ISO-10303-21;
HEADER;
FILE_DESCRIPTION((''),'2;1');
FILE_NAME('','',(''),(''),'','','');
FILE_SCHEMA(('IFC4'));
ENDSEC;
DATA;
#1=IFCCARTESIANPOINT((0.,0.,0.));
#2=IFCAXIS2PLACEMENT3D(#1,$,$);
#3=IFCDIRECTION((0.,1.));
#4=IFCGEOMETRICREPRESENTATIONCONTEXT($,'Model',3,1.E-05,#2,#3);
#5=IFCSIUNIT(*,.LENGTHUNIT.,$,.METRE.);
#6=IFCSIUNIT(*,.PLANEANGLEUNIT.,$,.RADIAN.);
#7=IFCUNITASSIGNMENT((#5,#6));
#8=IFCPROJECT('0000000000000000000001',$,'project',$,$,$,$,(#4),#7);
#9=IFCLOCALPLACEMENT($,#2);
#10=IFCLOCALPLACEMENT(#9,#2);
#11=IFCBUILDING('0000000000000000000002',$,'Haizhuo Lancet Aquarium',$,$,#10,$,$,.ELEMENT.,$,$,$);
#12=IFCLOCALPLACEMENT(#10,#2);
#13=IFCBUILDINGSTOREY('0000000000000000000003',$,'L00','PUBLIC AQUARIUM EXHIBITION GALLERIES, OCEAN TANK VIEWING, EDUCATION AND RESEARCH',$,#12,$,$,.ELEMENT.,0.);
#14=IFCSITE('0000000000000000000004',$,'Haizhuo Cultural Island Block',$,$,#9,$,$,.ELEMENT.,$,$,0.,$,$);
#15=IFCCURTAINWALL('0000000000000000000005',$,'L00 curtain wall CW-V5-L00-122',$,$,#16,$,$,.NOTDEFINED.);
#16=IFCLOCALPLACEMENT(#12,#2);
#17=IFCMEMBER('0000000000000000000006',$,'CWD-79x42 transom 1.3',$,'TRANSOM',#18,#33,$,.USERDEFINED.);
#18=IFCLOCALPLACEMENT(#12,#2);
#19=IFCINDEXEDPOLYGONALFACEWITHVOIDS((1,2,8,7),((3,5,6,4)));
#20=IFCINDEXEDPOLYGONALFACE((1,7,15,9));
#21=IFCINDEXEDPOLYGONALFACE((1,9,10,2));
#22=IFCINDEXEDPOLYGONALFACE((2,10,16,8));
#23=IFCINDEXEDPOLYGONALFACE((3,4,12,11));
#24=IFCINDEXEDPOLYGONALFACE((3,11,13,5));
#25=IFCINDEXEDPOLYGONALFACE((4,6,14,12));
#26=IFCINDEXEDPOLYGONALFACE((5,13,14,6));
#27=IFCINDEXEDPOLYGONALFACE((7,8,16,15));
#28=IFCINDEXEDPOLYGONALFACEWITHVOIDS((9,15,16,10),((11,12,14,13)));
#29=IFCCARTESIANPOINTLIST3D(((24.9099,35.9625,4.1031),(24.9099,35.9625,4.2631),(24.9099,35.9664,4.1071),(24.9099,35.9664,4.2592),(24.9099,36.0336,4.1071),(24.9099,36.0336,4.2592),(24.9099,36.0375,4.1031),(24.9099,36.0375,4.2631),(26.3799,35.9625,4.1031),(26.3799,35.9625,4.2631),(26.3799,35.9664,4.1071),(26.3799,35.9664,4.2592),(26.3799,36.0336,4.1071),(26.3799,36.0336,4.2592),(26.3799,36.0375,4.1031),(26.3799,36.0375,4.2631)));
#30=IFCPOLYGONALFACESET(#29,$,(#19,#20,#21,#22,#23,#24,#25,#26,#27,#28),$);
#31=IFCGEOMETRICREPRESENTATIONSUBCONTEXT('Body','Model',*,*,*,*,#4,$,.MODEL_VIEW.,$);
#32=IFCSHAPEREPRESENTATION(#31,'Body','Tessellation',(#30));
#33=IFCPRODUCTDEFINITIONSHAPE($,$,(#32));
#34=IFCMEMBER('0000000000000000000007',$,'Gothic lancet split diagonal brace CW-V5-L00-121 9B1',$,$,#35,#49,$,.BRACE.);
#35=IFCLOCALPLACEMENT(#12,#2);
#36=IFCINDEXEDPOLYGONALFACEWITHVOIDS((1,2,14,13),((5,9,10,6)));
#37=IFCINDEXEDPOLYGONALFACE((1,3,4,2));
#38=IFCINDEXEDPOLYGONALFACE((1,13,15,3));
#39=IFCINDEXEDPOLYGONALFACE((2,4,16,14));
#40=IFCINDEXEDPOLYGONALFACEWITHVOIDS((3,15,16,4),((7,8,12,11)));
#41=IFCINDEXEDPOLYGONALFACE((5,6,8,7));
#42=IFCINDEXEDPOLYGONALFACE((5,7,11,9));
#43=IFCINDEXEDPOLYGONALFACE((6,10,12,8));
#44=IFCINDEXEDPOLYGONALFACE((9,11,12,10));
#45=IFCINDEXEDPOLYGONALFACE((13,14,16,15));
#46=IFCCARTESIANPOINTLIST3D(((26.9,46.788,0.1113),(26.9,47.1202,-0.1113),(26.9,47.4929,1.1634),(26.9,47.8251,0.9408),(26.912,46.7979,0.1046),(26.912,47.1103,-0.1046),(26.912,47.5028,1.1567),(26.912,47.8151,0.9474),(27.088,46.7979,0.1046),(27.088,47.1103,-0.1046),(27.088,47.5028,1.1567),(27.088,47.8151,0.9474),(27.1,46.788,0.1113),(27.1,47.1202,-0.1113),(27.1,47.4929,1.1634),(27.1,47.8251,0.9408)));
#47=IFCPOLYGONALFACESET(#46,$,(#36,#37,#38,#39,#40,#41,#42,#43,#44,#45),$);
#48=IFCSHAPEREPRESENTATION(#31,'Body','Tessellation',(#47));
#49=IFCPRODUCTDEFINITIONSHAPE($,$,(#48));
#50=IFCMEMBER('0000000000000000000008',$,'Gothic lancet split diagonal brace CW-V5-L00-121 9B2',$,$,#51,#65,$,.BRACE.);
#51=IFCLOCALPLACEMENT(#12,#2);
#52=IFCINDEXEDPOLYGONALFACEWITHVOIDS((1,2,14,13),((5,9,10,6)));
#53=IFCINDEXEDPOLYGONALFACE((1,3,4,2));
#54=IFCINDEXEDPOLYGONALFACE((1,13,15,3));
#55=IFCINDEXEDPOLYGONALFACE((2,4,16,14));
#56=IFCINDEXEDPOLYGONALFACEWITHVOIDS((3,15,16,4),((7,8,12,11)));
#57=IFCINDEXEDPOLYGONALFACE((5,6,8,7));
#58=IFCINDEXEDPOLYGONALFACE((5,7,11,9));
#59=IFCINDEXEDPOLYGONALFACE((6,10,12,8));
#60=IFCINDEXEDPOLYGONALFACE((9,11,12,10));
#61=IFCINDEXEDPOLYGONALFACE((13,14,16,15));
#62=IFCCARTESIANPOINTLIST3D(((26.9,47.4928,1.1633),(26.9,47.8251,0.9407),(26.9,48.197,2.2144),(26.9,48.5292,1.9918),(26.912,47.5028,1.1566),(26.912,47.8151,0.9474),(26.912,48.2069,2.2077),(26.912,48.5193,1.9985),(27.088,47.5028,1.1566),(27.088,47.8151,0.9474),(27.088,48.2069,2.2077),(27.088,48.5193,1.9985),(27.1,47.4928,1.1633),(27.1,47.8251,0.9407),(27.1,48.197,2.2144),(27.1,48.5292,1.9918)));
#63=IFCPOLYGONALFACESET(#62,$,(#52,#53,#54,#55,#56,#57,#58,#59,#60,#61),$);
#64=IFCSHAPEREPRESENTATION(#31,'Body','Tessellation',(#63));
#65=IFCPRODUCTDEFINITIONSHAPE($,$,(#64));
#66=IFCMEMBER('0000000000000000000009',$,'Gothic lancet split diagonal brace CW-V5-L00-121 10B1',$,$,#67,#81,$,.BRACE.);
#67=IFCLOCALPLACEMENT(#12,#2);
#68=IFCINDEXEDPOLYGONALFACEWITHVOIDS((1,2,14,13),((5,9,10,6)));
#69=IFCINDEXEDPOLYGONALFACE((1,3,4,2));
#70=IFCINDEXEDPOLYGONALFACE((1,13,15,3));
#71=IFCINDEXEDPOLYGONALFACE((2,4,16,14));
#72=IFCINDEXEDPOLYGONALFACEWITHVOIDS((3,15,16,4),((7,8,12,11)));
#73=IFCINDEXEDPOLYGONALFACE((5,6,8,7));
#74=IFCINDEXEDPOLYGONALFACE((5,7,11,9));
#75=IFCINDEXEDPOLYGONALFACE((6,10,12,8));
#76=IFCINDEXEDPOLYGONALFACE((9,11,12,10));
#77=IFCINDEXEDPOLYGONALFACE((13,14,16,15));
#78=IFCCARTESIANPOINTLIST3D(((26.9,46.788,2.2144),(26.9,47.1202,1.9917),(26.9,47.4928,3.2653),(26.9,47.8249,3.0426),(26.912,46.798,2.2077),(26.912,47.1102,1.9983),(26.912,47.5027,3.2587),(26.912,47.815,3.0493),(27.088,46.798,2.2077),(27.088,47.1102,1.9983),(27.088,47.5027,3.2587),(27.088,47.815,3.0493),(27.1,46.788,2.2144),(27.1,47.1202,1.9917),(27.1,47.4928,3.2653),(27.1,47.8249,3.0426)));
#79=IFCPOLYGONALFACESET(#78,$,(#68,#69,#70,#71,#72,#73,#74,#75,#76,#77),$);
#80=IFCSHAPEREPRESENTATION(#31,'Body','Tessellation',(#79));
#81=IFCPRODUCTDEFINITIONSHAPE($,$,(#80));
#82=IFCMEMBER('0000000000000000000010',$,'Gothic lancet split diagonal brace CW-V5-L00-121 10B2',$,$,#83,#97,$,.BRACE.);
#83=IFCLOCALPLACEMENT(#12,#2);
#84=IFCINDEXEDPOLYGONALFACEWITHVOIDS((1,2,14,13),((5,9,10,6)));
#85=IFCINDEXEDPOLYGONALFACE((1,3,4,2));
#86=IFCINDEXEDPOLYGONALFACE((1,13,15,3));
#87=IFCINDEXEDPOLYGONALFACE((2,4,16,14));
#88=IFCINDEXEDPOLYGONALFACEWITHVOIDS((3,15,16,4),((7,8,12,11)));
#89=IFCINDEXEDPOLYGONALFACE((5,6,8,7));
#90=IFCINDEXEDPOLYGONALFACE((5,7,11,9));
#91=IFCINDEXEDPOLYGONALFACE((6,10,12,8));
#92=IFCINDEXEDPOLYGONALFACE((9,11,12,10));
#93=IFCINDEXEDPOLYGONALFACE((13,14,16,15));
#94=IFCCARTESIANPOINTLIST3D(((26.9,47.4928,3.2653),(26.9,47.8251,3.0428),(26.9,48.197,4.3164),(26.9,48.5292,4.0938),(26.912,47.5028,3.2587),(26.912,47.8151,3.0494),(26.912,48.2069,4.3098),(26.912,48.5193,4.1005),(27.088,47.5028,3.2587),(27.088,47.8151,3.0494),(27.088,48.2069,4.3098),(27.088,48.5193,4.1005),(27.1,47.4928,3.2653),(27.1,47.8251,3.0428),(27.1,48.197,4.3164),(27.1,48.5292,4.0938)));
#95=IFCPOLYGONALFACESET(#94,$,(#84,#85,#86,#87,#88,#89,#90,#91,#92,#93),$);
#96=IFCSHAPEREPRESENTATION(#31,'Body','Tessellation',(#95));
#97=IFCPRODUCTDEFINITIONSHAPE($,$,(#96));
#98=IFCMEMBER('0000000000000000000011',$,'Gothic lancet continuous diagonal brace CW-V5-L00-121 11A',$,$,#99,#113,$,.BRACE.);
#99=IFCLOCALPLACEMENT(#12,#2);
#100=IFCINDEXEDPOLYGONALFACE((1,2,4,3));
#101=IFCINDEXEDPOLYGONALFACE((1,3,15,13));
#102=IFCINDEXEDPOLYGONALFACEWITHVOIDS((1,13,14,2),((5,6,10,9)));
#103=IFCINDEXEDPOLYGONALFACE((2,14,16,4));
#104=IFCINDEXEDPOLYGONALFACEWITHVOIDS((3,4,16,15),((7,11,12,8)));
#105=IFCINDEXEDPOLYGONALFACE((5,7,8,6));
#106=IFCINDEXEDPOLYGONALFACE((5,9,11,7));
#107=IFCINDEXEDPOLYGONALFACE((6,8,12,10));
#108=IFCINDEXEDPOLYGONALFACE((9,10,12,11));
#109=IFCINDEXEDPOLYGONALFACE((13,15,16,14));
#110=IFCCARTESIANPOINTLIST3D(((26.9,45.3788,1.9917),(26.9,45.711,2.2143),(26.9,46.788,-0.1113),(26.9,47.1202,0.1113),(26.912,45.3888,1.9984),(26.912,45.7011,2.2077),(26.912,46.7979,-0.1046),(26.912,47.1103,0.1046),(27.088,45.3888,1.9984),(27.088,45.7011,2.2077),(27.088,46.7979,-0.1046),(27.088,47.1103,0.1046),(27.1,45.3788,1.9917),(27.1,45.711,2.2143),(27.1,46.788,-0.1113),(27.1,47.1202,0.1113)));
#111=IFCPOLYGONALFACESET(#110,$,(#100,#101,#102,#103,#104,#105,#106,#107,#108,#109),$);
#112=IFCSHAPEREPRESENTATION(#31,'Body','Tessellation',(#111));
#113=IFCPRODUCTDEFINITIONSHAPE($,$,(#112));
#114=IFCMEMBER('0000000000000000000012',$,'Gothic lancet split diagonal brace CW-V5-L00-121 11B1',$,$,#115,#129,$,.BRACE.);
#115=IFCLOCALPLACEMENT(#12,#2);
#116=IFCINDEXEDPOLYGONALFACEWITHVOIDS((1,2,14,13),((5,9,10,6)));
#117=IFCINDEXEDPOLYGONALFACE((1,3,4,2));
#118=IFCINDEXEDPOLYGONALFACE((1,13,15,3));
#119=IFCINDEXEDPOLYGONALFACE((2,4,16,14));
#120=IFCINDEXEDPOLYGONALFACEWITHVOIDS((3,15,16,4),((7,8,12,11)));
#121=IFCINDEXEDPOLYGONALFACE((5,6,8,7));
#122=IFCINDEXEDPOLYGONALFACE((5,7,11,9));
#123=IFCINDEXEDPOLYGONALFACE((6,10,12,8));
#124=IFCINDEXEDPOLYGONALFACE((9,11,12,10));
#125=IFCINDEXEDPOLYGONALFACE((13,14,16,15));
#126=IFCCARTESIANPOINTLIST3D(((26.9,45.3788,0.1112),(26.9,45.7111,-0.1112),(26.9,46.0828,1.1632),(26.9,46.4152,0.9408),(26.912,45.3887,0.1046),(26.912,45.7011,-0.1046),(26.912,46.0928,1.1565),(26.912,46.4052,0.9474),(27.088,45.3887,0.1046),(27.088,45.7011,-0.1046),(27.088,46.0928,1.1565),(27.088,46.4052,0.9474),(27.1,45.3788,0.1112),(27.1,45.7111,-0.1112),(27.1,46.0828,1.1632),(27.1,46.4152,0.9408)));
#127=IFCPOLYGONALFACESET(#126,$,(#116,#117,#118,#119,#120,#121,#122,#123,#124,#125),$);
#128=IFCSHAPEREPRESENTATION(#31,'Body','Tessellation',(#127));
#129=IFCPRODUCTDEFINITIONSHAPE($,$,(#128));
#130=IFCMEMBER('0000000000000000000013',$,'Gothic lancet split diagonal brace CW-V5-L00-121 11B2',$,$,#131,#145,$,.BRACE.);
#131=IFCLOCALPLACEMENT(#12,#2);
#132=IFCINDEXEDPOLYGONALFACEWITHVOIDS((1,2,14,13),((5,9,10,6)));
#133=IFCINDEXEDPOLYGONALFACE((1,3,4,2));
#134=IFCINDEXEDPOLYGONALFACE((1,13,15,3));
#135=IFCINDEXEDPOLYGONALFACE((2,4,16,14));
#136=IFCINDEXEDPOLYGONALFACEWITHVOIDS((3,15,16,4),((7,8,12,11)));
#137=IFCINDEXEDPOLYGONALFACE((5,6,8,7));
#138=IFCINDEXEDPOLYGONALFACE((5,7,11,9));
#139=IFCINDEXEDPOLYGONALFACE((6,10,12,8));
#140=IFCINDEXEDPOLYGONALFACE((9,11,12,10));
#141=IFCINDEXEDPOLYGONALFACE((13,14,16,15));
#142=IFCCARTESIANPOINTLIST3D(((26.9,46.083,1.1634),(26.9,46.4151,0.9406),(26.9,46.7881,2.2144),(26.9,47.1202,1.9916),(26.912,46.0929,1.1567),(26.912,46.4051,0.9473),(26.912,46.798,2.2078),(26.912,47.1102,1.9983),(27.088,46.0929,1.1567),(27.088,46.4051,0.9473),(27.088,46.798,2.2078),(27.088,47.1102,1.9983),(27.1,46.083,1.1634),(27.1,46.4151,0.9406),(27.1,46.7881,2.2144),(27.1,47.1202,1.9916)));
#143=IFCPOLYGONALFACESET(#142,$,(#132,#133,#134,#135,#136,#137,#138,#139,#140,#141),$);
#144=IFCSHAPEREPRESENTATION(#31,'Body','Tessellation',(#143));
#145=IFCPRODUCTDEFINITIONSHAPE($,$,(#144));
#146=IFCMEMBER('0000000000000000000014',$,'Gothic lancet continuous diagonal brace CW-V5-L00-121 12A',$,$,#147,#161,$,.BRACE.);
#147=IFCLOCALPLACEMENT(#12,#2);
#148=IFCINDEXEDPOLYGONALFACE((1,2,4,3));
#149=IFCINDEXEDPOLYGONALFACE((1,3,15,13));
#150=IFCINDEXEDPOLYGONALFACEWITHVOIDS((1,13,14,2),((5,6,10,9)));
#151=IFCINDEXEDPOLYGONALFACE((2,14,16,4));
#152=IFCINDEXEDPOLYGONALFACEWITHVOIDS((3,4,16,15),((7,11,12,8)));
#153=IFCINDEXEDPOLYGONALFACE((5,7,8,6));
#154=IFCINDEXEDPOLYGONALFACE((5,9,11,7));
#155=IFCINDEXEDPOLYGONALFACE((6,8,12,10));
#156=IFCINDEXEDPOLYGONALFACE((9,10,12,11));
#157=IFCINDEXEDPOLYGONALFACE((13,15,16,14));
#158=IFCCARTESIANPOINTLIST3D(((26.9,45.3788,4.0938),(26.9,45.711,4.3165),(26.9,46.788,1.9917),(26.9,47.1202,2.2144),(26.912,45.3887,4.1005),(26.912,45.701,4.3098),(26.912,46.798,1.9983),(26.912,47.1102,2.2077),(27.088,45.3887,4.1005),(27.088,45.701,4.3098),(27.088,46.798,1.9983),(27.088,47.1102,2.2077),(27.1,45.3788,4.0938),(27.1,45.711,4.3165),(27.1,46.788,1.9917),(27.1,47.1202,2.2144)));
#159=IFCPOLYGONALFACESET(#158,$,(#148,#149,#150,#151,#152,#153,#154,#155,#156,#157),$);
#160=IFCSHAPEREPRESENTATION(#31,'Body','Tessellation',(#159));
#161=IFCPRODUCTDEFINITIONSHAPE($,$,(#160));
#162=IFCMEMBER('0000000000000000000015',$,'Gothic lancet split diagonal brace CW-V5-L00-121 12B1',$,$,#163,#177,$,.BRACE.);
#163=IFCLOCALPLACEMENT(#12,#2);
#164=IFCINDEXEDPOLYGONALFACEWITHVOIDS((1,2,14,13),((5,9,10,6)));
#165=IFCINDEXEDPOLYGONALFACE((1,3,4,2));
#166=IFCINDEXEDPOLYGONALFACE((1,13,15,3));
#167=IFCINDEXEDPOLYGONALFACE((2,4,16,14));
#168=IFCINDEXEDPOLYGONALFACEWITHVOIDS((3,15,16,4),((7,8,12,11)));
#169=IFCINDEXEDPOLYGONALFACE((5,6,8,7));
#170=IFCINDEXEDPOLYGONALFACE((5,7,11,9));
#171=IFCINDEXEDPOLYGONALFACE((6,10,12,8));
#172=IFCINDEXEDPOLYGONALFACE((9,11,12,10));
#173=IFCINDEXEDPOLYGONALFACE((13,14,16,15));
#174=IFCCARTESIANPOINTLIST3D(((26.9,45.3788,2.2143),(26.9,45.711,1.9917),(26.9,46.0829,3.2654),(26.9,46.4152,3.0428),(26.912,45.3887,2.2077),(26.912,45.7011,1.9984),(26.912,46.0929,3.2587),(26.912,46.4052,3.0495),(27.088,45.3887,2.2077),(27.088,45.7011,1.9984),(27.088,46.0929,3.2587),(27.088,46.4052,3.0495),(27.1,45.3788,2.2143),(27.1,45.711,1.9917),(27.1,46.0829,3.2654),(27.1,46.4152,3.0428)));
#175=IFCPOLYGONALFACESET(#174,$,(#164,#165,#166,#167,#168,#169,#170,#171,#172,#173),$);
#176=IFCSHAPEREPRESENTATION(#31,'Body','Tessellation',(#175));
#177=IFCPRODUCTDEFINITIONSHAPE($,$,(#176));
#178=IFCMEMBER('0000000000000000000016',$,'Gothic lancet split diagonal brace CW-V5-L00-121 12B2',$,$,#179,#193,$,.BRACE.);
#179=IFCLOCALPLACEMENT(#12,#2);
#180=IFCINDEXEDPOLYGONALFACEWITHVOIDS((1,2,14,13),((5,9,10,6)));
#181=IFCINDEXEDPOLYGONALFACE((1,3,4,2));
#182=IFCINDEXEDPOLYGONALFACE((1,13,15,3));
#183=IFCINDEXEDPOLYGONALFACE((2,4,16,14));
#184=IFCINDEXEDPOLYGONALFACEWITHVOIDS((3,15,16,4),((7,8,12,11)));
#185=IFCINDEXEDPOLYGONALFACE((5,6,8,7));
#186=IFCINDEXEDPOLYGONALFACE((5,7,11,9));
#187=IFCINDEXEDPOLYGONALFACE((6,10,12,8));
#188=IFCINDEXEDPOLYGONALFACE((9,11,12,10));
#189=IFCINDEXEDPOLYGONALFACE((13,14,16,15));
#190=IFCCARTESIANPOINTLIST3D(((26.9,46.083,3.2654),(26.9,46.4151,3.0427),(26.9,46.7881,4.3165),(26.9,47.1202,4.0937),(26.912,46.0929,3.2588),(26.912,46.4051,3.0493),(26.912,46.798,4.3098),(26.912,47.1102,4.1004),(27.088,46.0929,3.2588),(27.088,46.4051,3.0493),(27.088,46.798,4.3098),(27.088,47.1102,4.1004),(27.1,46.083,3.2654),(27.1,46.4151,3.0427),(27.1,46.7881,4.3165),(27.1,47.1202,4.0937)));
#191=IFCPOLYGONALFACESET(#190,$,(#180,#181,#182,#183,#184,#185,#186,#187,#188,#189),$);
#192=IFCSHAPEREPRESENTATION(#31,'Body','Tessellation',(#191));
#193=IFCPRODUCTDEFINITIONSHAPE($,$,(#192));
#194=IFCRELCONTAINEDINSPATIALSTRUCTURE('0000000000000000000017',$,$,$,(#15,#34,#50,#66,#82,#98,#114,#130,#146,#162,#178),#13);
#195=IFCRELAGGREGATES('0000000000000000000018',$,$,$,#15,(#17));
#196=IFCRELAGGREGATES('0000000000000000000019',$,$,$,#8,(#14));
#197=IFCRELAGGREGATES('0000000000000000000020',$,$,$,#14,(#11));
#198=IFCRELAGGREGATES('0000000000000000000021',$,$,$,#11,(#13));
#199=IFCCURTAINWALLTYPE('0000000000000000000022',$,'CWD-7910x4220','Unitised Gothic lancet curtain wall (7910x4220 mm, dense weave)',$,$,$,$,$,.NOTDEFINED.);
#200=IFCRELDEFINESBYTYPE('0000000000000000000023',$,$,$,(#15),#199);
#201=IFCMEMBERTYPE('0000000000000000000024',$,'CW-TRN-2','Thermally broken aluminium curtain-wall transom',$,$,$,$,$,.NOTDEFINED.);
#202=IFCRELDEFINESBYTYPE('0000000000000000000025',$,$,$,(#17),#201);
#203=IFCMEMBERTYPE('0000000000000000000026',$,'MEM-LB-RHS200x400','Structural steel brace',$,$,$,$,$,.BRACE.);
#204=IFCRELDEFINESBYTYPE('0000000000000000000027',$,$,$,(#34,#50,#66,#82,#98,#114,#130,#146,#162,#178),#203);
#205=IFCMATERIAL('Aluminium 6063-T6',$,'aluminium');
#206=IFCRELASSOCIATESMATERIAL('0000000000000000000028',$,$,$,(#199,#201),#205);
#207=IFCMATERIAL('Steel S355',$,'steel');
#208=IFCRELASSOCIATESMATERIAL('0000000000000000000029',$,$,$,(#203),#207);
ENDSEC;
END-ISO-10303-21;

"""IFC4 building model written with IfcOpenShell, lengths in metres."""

from ifc_helpers import new_model, si_unit, direction, frame, origin, origin_2d, place, context, subcontext, project, spatial, hollow_rectangle, extrude, material, material_profile, profile_set, type_object, element, aggregate, save


model = new_model("IFC4")

# Units and contexts
model_context = context("Model", 3, precision=1e-05, world=origin(), true_north=direction((0.0, 1.0)))
body_context = subcontext(model_context, "Body", "Model", "MODEL_VIEW")
ifc_project = project(units=[si_unit("LENGTHUNIT", "METRE"), si_unit("PLANEANGLEUNIT", "RADIAN")], contexts=[model_context])

# Site, building, storey
site_placement = place(None, origin())
site = spatial("IfcSite", under=ifc_project, at=site_placement, Name="Haizhuo Cultural Island Block", CompositionType="ELEMENT", RefElevation=0.0)
building_placement = place(site_placement, origin())
building = spatial("IfcBuilding", under=site, at=building_placement, Name="Haizhuo Lancet Aquarium", CompositionType="ELEMENT")
storey_placement = place(building_placement, origin())
storey = spatial("IfcBuildingStorey", under=building, at=storey_placement, Name="L00", Description="PUBLIC AQUARIUM EXHIBITION GALLERIES, OCEAN TANK VIEWING, EDUCATION AND RESEARCH", CompositionType="ELEMENT", Elevation=0.0)

# Shared definitions
ifc_material_1 = material(Name="Aluminium 6063-T6", Category="aluminium")

# Curtain wall
curtain_wall_type_1 = type_object("IfcCurtainWallType", Name="CWD-7910x4220", Description="Unitised Gothic lancet curtain wall (7910x4220 mm, dense weave)", PredefinedType="NOTDEFINED", material=ifc_material_1)
curtain_wall_1_placement = place(storey_placement, origin())
curtain_wall_1 = element("IfcCurtainWall", 1, at=curtain_wall_1_placement, inside=storey, type_object=curtain_wall_type_1, Name="L00 curtain wall CW-V5-L00-122", PredefinedType="NOTDEFINED")

# Member
ifc_material_profile_1 = material_profile(ifc_material_1, hollow_rectangle(XDim=0.075, YDim=0.1599, WallThickness=0.0039, at=origin_2d()), Name="ALU-T 75x160x4")
ifc_profile_set_1 = profile_set([ifc_material_profile_1], Name="Aluminium 6063-T6")
member_type_1 = type_object("IfcMemberType", Name="CW-TRN-2", Description="Thermally broken aluminium curtain-wall transom", PredefinedType="NOTDEFINED", material=ifc_profile_set_1)
member_1_placement = place(storey_placement, frame((26.3799, 36.0, 4.1831), z_axis=(-1.0, 0.0, 0.0), x_axis=(0.0, -1.0, 0.0)))
member_1 = element("IfcMember", 2, at=member_1_placement, type_object=member_type_1, Name="CWD-79x42 transom 1.3", ObjectType="TRANSOM", PredefinedType="USERDEFINED", context=body_context, shape_type="SweptSolid", body=[
    extrude(hollow_rectangle(XDim=0.075, YDim=0.1599, WallThickness=0.0039, at=origin_2d()), origin(), (0.0, 0.0, 1.0), 1.47),
])
aggregate(curtain_wall_1, [member_1])

# Members
ifc_material_2 = material(Name="Steel S355", Category="steel")
ifc_material_profile_2 = material_profile(ifc_material_2, hollow_rectangle(XDim=0.2, YDim=0.3999, WallThickness=0.012, at=origin_2d()), Name="RHS 200x400x12")
ifc_profile_set_2 = profile_set([ifc_material_profile_2], Name="Steel S355")
member_type_2 = type_object("IfcMemberType", Name="MEM-LB-RHS200x400", Description="Structural steel brace", PredefinedType="BRACE", material=ifc_profile_set_2)
member_2_placement = place(storey_placement, frame((27.0, 46.9541, 0.0), z_axis=(0.0, 0.556612, 0.830773), x_axis=(-1.0, 0.0, 0.0)))
element("IfcMember", 3, at=member_2_placement, inside=storey, type_object=member_type_2, Name="Gothic lancet split diagonal brace CW-V5-L00-121 9B1", PredefinedType="BRACE", context=body_context, shape_type="SweptSolid", body=[
    extrude(hollow_rectangle(XDim=0.2, YDim=0.3999, WallThickness=0.012, at=origin_2d()), origin(), (0.0, 0.0, 1.0), 1.2664),
])
member_3_placement = place(storey_placement, frame((27.0, 47.6589, 1.052), z_axis=(0.0, 0.556569, 0.830801), x_axis=(-1.0, 0.0, 0.0)))
element("IfcMember", 4, at=member_3_placement, inside=storey, type_object=member_type_2, Name="Gothic lancet split diagonal brace CW-V5-L00-121 9B2", PredefinedType="BRACE", context=body_context, shape_type="SweptSolid", body=[
    extrude(hollow_rectangle(XDim=0.2, YDim=0.3999, WallThickness=0.012, at=origin_2d()), origin(), (0.0, 0.0, 1.0), 1.2651),
])
member_4_placement = place(storey_placement, frame((27.0, 46.9541, 2.103), z_axis=(0.0, 0.556969, 0.830533), x_axis=(-1.0, 0.0, 0.0)))
element("IfcMember", 5, at=member_4_placement, inside=storey, type_object=member_type_2, Name="Gothic lancet split diagonal brace CW-V5-L00-121 10B1", PredefinedType="BRACE", context=body_context, shape_type="SweptSolid", body=[
    extrude(hollow_rectangle(XDim=0.2, YDim=0.3999, WallThickness=0.012, at=origin_2d()), origin(), (0.0, 0.0, 1.0), 1.2654),
])
member_5_placement = place(storey_placement, frame((27.0, 47.6589, 3.1541), z_axis=(0.0, 0.556569, 0.830801), x_axis=(-1.0, 0.0, 0.0)))
element("IfcMember", 6, at=member_5_placement, inside=storey, type_object=member_type_2, Name="Gothic lancet split diagonal brace CW-V5-L00-121 10B2", PredefinedType="BRACE", context=body_context, shape_type="SweptSolid", body=[
    extrude(hollow_rectangle(XDim=0.2, YDim=0.3999, WallThickness=0.012, at=origin_2d()), origin(), (0.0, 0.0, 1.0), 1.2651),
])
member_6_placement = place(storey_placement, frame((27.0, 46.9541, 0.0), z_axis=(0.0, -0.556657, 0.830742), x_axis=(1.0, 0.0, 0.0)))
element("IfcMember", 7, at=member_6_placement, inside=storey, type_object=member_type_2, Name="Gothic lancet continuous diagonal brace CW-V5-L00-121 11A", PredefinedType="BRACE", context=body_context, shape_type="SweptSolid", body=[
    extrude(hollow_rectangle(XDim=0.2, YDim=0.3999, WallThickness=0.012, at=origin_2d()), origin(), (0.0, 0.0, 1.0), 2.5315),
])
member_7_placement = place(storey_placement, frame((27.0, 45.5449, 0.0), z_axis=(0.0, 0.556212, 0.83104), x_axis=(-1.0, 0.0, 0.0)))
element("IfcMember", 8, at=member_7_placement, inside=storey, type_object=member_type_2, Name="Gothic lancet split diagonal brace CW-V5-L00-121 11B1", PredefinedType="BRACE", context=body_context, shape_type="SweptSolid", body=[
    extrude(hollow_rectangle(XDim=0.2, YDim=0.3999, WallThickness=0.012, at=origin_2d()), origin(), (0.0, 0.0, 1.0), 1.2659),
])
member_8_placement = place(storey_placement, frame((27.0, 46.249, 1.052), z_axis=(0.0, 0.557102, 0.830444), x_axis=(-1.0, 0.0, 0.0)))
element("IfcMember", 9, at=member_8_placement, inside=storey, type_object=member_type_2, Name="Gothic lancet split diagonal brace CW-V5-L00-121 11B2", PredefinedType="BRACE", context=body_context, shape_type="SweptSolid", body=[
    extrude(hollow_rectangle(XDim=0.2, YDim=0.3999, WallThickness=0.012, at=origin_2d()), origin(), (0.0, 0.0, 1.0), 1.2656),
])
member_9_placement = place(storey_placement, frame((27.0, 46.9541, 2.103), z_axis=(0.0, -0.556836, 0.830623), x_axis=(1.0, 0.0, 0.0)))
element("IfcMember", 10, at=member_9_placement, inside=storey, type_object=member_type_2, Name="Gothic lancet continuous diagonal brace CW-V5-L00-121 12A", PredefinedType="BRACE", context=body_context, shape_type="SweptSolid", body=[
    extrude(hollow_rectangle(XDim=0.2, YDim=0.3999, WallThickness=0.012, at=origin_2d()), origin(), (0.0, 0.0, 1.0), 2.5308),
])
member_10_placement = place(storey_placement, frame((27.0, 45.5449, 2.103), z_axis=(0.0, 0.556569, 0.830801), x_axis=(-1.0, 0.0, 0.0)))
element("IfcMember", 11, at=member_10_placement, inside=storey, type_object=member_type_2, Name="Gothic lancet split diagonal brace CW-V5-L00-121 12B1", PredefinedType="BRACE", context=body_context, shape_type="SweptSolid", body=[
    extrude(hollow_rectangle(XDim=0.2, YDim=0.3999, WallThickness=0.012, at=origin_2d()), origin(), (0.0, 0.0, 1.0), 1.2651),
])
member_11_placement = place(storey_placement, frame((27.0, 46.249, 3.1541), z_axis=(0.0, 0.557102, 0.830444), x_axis=(-1.0, 0.0, 0.0)))
element("IfcMember", 12, at=member_11_placement, inside=storey, type_object=member_type_2, Name="Gothic lancet split diagonal brace CW-V5-L00-121 12B2", PredefinedType="BRACE", context=body_context, shape_type="SweptSolid", body=[
    extrude(hollow_rectangle(XDim=0.2, YDim=0.3999, WallThickness=0.012, at=origin_2d()), origin(), (0.0, 0.0, 1.0), 1.2656),
])

save(model, "model.ifc")
